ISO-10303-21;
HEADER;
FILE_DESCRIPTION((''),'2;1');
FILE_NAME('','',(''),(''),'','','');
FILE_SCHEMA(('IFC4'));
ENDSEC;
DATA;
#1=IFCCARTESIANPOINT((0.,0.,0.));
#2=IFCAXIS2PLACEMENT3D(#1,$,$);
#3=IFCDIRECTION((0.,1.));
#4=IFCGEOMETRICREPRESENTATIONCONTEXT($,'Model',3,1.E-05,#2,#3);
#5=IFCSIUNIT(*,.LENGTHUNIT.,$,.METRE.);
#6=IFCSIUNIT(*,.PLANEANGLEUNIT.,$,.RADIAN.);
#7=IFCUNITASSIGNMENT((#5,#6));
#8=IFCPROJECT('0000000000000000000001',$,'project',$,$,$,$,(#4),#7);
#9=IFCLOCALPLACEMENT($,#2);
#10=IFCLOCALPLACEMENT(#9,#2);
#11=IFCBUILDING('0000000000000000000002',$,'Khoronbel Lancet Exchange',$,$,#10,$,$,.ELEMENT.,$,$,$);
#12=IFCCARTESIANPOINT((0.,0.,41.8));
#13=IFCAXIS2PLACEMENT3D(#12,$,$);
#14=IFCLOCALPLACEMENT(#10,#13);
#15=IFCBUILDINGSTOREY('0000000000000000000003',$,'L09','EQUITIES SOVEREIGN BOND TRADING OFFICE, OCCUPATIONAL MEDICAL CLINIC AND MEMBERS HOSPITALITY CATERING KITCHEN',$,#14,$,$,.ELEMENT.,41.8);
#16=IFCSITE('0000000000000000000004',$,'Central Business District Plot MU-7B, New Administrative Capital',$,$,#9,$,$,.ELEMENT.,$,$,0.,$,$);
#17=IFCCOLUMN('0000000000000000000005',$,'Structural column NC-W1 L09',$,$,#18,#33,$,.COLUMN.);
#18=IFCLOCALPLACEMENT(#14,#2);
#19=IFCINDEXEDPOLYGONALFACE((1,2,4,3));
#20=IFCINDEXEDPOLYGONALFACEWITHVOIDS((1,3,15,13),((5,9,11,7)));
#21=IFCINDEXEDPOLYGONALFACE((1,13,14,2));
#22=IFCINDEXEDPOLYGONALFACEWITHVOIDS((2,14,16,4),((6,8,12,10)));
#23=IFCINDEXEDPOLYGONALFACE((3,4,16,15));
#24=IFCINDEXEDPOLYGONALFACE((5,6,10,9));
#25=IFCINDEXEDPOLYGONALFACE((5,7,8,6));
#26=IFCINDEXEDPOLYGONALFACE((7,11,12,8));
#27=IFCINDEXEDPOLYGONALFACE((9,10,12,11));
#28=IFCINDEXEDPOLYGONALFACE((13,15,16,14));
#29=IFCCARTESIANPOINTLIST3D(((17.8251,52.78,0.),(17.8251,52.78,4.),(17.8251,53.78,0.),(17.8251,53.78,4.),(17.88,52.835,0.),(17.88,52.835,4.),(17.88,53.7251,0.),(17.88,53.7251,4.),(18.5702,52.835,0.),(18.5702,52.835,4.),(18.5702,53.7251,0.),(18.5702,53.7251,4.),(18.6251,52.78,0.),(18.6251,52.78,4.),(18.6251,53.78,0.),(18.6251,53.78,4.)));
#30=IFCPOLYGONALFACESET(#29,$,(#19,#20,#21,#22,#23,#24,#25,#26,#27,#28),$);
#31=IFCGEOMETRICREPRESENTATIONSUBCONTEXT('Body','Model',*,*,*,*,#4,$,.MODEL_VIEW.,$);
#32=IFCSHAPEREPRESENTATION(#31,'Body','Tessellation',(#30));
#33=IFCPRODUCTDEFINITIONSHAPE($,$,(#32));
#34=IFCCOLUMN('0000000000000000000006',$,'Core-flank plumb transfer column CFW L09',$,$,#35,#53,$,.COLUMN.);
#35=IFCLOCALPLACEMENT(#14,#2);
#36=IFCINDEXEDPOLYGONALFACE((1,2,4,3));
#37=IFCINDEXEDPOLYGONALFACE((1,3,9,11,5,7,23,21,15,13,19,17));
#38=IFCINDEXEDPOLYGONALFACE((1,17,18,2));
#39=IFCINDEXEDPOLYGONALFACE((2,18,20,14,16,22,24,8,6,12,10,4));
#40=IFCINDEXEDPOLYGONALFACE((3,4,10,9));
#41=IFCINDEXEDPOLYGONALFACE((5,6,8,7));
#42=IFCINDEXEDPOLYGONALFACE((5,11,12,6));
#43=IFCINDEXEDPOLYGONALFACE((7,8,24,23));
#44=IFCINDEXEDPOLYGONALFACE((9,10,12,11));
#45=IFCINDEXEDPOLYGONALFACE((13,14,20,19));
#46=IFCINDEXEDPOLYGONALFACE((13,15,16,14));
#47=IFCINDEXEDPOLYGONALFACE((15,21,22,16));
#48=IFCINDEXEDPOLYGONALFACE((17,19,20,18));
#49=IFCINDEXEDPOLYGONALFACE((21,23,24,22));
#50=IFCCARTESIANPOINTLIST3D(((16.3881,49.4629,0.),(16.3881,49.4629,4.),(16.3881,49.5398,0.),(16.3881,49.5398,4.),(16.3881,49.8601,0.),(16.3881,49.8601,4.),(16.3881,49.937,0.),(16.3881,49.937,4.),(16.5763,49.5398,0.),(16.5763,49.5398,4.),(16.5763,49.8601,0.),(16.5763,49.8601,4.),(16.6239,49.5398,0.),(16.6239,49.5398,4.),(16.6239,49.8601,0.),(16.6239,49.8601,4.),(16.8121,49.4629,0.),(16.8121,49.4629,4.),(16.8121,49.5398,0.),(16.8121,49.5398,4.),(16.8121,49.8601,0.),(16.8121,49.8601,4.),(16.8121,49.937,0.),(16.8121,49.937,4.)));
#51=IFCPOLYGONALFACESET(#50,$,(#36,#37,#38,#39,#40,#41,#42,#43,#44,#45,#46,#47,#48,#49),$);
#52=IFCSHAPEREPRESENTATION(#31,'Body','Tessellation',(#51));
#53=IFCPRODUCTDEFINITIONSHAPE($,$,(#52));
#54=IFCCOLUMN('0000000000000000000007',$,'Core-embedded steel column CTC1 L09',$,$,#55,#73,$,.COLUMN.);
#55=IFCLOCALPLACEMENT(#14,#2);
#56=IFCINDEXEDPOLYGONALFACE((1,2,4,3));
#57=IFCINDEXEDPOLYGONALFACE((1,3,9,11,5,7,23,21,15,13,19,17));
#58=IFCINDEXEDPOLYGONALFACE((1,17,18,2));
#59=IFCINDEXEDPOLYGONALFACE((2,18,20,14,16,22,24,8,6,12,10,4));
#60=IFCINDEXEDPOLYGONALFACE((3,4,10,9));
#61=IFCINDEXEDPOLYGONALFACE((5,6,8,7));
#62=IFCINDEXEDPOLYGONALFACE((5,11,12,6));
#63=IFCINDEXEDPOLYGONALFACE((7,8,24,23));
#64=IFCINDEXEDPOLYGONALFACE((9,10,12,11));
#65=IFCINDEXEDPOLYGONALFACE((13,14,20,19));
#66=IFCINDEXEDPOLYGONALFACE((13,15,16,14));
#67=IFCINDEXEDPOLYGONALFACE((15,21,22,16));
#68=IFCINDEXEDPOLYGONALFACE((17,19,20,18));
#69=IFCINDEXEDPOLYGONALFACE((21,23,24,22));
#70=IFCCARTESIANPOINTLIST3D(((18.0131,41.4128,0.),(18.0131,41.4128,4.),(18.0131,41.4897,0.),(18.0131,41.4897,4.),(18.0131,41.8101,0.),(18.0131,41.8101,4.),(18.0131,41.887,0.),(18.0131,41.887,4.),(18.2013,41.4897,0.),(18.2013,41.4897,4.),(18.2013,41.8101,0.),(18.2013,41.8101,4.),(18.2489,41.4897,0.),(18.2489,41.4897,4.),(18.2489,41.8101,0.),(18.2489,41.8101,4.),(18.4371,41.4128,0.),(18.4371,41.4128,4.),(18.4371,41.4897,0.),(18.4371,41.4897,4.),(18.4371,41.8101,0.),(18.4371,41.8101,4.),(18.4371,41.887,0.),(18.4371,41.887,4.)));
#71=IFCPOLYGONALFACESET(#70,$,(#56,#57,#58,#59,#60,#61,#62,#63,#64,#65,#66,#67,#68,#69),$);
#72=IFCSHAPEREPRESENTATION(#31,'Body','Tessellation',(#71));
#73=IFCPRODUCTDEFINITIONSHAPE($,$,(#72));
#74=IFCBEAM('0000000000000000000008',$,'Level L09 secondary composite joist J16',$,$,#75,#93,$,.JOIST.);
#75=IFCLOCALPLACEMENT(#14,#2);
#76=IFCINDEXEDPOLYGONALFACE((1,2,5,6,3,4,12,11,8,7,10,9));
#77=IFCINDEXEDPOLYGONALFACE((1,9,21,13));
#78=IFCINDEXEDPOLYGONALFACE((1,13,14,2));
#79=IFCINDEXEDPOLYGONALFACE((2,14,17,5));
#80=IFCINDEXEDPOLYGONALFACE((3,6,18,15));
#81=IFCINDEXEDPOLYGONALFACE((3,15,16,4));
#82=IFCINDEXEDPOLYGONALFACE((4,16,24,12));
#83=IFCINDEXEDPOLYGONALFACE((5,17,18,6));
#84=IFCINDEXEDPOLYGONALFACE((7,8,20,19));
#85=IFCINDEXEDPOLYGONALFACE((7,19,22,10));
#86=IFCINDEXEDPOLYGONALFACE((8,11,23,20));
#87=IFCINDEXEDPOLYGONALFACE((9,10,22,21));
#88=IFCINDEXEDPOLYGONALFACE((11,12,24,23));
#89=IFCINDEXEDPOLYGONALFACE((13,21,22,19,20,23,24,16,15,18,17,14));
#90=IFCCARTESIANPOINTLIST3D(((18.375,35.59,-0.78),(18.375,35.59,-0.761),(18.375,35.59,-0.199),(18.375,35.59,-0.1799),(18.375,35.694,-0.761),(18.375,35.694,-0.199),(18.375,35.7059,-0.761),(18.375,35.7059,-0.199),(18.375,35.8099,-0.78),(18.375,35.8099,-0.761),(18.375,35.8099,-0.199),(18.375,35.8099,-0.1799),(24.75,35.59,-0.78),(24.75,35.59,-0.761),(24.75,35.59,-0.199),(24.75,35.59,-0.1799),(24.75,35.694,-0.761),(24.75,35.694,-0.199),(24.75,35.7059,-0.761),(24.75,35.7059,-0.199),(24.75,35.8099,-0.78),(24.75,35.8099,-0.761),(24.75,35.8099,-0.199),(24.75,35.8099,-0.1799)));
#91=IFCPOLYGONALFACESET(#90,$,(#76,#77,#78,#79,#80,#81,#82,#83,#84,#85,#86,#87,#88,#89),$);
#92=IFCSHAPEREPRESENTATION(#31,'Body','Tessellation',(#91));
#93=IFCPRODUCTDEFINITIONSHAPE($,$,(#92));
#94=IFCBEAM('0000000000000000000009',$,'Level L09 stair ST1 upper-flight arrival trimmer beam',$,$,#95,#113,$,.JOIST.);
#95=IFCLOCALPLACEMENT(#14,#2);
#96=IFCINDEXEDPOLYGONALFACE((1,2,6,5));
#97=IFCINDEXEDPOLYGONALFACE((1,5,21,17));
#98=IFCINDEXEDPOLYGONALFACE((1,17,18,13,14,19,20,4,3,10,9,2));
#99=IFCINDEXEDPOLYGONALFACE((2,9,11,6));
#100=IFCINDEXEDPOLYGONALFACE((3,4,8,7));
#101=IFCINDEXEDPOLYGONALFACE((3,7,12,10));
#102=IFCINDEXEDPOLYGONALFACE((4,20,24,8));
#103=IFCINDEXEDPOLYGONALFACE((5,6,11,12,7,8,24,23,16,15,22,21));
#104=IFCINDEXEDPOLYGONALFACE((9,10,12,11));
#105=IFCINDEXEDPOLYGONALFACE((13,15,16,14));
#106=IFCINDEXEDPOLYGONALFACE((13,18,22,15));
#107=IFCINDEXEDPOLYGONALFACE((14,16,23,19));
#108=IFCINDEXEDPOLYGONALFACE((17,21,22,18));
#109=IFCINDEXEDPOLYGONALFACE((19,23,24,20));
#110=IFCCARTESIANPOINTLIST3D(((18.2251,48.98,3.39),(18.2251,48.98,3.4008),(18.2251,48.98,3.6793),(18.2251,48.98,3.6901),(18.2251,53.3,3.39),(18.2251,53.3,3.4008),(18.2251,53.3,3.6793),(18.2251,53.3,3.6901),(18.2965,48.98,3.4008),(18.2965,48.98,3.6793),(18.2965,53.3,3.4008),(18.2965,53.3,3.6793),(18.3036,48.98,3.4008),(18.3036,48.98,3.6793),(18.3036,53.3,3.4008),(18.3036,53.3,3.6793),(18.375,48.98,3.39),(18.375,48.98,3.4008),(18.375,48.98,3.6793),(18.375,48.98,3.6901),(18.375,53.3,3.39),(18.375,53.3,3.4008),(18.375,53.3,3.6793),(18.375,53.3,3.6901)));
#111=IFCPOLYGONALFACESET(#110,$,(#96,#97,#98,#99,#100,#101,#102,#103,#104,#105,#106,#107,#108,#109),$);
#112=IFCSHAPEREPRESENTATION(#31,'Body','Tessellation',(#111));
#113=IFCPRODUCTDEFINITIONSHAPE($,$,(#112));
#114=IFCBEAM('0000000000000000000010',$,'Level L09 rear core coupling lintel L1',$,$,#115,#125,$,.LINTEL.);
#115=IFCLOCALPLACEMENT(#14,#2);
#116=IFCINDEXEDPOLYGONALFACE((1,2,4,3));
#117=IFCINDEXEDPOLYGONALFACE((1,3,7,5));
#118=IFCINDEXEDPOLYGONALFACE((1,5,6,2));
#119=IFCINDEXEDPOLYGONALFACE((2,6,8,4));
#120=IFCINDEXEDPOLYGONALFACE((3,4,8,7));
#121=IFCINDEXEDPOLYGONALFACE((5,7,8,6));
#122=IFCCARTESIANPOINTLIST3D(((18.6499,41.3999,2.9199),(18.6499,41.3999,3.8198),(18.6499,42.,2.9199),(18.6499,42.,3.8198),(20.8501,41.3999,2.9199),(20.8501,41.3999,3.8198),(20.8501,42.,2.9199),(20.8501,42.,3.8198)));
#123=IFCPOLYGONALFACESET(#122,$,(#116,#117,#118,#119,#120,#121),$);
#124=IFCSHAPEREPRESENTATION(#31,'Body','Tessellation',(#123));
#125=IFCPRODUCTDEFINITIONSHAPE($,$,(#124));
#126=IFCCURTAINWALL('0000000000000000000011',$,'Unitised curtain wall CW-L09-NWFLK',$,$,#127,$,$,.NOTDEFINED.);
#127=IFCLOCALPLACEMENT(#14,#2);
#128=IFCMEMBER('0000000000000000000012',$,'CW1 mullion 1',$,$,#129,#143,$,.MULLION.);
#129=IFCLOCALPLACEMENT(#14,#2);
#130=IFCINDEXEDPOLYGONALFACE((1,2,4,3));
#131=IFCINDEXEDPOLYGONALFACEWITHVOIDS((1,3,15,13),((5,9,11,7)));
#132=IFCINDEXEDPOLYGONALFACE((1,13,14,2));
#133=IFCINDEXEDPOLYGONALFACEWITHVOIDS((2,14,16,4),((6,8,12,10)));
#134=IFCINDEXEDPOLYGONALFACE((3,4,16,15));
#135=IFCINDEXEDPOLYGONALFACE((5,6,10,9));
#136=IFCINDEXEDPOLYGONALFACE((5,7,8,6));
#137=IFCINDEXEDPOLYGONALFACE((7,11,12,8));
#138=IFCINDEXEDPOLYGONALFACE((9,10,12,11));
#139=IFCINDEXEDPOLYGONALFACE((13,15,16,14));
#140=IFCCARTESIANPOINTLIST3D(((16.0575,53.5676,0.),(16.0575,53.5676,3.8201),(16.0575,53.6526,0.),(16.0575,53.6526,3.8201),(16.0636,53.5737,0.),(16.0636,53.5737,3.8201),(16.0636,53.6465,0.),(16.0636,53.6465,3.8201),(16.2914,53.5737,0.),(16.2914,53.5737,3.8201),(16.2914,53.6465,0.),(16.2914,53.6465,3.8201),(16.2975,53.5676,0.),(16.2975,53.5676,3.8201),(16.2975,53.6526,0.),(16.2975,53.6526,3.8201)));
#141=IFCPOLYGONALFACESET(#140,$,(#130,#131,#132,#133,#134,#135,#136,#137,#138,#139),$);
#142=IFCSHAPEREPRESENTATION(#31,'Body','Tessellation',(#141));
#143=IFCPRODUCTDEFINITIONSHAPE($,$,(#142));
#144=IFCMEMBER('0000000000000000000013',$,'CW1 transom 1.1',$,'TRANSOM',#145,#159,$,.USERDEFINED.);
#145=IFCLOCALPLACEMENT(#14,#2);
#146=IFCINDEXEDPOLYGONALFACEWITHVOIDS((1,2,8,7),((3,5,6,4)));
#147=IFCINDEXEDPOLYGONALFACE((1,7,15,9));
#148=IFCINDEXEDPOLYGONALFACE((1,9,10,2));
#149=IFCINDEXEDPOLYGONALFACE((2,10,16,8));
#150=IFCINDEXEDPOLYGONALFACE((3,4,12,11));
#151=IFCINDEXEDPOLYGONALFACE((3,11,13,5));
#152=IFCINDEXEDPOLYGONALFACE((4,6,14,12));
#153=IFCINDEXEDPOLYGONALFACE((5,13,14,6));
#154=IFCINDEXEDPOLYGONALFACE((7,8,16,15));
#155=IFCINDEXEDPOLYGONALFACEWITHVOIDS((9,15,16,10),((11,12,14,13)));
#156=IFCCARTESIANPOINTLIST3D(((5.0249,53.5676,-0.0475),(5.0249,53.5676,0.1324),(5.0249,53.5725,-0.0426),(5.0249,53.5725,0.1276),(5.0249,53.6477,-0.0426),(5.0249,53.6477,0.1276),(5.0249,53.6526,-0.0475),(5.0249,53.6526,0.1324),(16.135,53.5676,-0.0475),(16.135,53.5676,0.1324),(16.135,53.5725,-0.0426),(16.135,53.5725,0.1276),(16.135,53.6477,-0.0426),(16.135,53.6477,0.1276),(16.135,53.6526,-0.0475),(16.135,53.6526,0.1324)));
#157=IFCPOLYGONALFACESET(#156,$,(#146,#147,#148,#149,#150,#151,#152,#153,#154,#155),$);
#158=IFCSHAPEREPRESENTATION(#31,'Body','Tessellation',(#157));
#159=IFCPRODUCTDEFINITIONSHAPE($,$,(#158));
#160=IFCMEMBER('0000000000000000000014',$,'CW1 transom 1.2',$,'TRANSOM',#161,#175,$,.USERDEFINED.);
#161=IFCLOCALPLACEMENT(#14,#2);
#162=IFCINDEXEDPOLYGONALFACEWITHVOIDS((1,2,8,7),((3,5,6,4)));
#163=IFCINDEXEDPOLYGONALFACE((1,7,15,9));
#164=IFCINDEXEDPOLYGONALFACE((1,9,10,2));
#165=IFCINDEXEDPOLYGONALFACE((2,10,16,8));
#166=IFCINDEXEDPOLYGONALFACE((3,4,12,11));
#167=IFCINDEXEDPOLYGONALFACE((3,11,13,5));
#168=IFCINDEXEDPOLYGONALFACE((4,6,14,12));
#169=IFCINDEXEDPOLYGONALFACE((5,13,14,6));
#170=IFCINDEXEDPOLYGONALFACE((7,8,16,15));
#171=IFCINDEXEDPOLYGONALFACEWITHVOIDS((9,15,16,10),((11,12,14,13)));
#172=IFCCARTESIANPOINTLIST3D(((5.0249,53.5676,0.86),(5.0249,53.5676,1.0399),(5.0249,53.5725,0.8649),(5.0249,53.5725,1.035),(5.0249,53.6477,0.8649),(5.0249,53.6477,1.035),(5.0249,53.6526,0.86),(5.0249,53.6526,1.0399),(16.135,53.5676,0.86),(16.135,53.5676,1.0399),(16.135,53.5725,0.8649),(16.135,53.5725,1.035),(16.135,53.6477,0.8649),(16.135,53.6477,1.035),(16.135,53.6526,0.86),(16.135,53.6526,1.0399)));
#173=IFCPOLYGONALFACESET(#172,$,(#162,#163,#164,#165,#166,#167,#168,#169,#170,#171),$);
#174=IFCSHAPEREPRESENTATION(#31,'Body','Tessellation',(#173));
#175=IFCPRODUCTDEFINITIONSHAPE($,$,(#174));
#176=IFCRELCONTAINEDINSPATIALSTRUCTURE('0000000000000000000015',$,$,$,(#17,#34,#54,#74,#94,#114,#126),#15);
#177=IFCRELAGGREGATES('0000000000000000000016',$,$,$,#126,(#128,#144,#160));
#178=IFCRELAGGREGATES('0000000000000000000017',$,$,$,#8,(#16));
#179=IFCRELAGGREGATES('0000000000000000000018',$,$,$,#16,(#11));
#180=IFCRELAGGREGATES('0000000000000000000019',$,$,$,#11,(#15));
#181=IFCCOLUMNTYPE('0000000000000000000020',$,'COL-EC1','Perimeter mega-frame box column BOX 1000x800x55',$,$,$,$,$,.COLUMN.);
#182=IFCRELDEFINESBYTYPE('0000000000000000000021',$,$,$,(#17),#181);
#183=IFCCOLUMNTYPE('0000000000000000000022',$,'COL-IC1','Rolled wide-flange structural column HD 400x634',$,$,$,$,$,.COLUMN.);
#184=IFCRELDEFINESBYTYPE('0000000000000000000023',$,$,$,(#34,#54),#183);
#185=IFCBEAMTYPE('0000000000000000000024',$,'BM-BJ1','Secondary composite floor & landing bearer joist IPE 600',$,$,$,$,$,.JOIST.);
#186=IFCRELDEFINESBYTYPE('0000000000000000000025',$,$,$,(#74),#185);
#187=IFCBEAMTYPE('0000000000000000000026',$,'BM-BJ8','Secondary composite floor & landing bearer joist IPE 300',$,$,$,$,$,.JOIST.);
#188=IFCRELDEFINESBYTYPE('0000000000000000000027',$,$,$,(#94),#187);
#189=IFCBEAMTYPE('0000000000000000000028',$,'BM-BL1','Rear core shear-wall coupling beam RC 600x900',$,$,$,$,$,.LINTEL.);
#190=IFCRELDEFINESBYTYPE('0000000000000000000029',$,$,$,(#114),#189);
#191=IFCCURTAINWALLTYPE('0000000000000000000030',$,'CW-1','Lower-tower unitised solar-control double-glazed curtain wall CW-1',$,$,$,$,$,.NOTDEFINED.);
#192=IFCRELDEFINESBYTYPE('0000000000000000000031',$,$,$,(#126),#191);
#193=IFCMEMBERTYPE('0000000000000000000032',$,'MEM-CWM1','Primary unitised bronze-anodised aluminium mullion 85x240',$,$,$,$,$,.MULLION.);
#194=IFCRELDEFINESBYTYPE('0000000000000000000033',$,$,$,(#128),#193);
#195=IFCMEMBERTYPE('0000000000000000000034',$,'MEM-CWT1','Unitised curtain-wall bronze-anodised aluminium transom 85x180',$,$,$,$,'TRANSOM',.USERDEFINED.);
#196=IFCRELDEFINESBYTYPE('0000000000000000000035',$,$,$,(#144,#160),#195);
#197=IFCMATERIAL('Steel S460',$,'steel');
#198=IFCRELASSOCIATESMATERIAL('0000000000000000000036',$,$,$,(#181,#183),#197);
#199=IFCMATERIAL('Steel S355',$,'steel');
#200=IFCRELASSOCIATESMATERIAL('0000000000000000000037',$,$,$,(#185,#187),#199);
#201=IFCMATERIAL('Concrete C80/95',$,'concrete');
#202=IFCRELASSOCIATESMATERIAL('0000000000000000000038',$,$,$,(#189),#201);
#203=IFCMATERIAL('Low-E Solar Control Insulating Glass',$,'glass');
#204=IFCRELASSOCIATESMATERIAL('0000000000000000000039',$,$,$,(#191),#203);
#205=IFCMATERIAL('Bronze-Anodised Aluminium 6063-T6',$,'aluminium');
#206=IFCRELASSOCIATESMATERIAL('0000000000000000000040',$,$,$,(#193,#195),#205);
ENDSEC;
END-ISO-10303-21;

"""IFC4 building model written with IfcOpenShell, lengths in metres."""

from ifc_helpers import new_model, si_unit, direction, frame, origin, origin_2d, place, context, subcontext, project, spatial, rectangle, hollow_rectangle, i_section, extrude, material, material_profile, profile_set, type_object, element, aggregate, save


model = new_model("IFC4")

# Units and contexts
model_context = context("Model", 3, precision=1e-05, world=origin(), true_north=direction((0.0, 1.0)))
body_context = subcontext(model_context, "Body", "Model", "MODEL_VIEW")
ifc_project = project(units=[si_unit("LENGTHUNIT", "METRE"), si_unit("PLANEANGLEUNIT", "RADIAN")], contexts=[model_context])

# Site, building, storey
site_placement = place(None, origin())
site = spatial("IfcSite", under=ifc_project, at=site_placement, Name="Central Business District Plot MU-7B, New Administrative Capital", CompositionType="ELEMENT", RefElevation=0.0)
building_placement = place(site_placement, origin())
building = spatial("IfcBuilding", under=site, at=building_placement, Name="Khoronbel Lancet Exchange", CompositionType="ELEMENT")
storey_placement = place(building_placement, frame((0.0, 0.0, 41.8)))
storey = spatial("IfcBuildingStorey", under=building, at=storey_placement, Name="L09", Description="EQUITIES SOVEREIGN BOND TRADING OFFICE, OCCUPATIONAL MEDICAL CLINIC AND MEMBERS HOSPITALITY CATERING KITCHEN", CompositionType="ELEMENT", Elevation=41.8)

# Columns
ifc_material_1 = material(Name="Steel S460", Category="steel")
ifc_material_profile_1 = material_profile(ifc_material_1, hollow_rectangle(XDim=0.8, YDim=1.0, WallThickness=0.0549, at=origin_2d()), Name="BOX 1000x800x55")
ifc_profile_set_1 = profile_set([ifc_material_profile_1], Name="Steel S460")
column_type_1 = type_object("IfcColumnType", Name="COL-EC1", Description="Perimeter mega-frame box column BOX 1000x800x55", PredefinedType="COLUMN", material=ifc_profile_set_1)
column_placement = place(storey_placement, frame((18.2251, 53.28, 0.0), z_axis=(0.0, 0.0, 1.0), x_axis=(1.0, 0.0, 0.0)))
element("IfcColumn", 1, at=column_placement, inside=storey, type_object=column_type_1, Name="Structural column NC-W1 L09", PredefinedType="COLUMN", context=body_context, shape_type="SweptSolid", body=[
    extrude(hollow_rectangle(XDim=0.8, YDim=1.0, WallThickness=0.0549, at=origin_2d()), origin(), (0.0, 0.0, 1.0), 4.0),
])
ifc_material_profile_2 = material_profile(ifc_material_1, i_section(OverallWidth=0.4241, OverallDepth=0.4741, WebThickness=0.0476, FlangeThickness=0.0769, at=origin_2d()), Name="HD 400x634")
ifc_profile_set_2 = profile_set([ifc_material_profile_2], Name="Steel S460")
column_type_2 = type_object("IfcColumnType", Name="COL-IC1", Description="Rolled wide-flange structural column HD 400x634", PredefinedType="COLUMN", material=ifc_profile_set_2)
for number, where, z_axis, x_axis, name in (
    (2, (16.6001, 49.7, 0.0), (0.0, 0.0, 1.0), (1.0, 0.0, 0.0), "Core-flank plumb transfer column CFW L09"),
    (3, (18.2251, 41.6499, 0.0), (0.0, 0.0, 1.0), (1.0, 0.0, 0.0), "Core-embedded steel column CTC1 L09"),
):
    element("IfcColumn", number, at=place(storey_placement, frame(where, z_axis=z_axis, x_axis=x_axis)), inside=storey, type_object=column_type_2, Name=name, PredefinedType="COLUMN", context=body_context, shape_type="SweptSolid", body=[
        extrude(i_section(OverallWidth=0.4241, OverallDepth=0.4741, WebThickness=0.0476, FlangeThickness=0.0769, at=origin_2d()), origin(), (0.0, 0.0, 1.0), 4.0),
    ])

# Beams
ifc_material_2 = material(Name="Steel S355", Category="steel")
ifc_material_profile_3 = material_profile(ifc_material_2, i_section(OverallWidth=0.22, OverallDepth=0.6001, WebThickness=0.012, FlangeThickness=0.019, at=origin_2d()), Name="IPE 600")
ifc_profile_set_3 = profile_set([ifc_material_profile_3], Name="Steel S355")
beam_type_1 = type_object("IfcBeamType", Name="BM-BJ1", Description="Secondary composite floor & landing bearer joist IPE 600", PredefinedType="JOIST", material=ifc_profile_set_3)
beam_1_placement = place(storey_placement, frame((18.375, 35.7, -0.48), z_axis=(1.0, 0.0, 0.0), x_axis=(0.0, 1.0, 0.0)))
element("IfcBeam", 4, at=beam_1_placement, inside=storey, type_object=beam_type_1, Name="Level L09 secondary composite joist J16", PredefinedType="JOIST", context=body_context, shape_type="SweptSolid", body=[
    extrude(i_section(OverallWidth=0.22, OverallDepth=0.6001, WebThickness=0.012, FlangeThickness=0.019, at=origin_2d()), origin(), (0.0, 0.0, 1.0), 6.375),
])
ifc_material_profile_4 = material_profile(ifc_material_2, i_section(OverallWidth=0.1499, OverallDepth=0.3, WebThickness=0.0071, FlangeThickness=0.0107, at=origin_2d()), Name="IPE 300")
ifc_profile_set_4 = profile_set([ifc_material_profile_4], Name="Steel S355")
beam_type_2 = type_object("IfcBeamType", Name="BM-BJ8", Description="Secondary composite floor & landing bearer joist IPE 300", PredefinedType="JOIST", material=ifc_profile_set_4)
beam_2_placement = place(storey_placement, frame((18.3, 48.98, 3.54), z_axis=(0.0, 1.0, 0.0), x_axis=(-1.0, 0.0, 0.0)))
element("IfcBeam", 5, at=beam_2_placement, inside=storey, type_object=beam_type_2, Name="Level L09 stair ST1 upper-flight arrival trimmer beam", PredefinedType="JOIST", context=body_context, shape_type="SweptSolid", body=[
    extrude(i_section(OverallWidth=0.1499, OverallDepth=0.3, WebThickness=0.0071, FlangeThickness=0.0107, at=origin_2d()), origin(), (0.0, 0.0, 1.0), 4.3201),
])
ifc_material_3 = material(Name="Concrete C80/95", Category="concrete")
ifc_material_profile_5 = material_profile(ifc_material_3, rectangle(XDim=0.6001, YDim=0.8999, at=origin_2d()), Name="RC 600x900")
ifc_profile_set_5 = profile_set([ifc_material_profile_5], Name="Concrete C80/95")
beam_type_3 = type_object("IfcBeamType", Name="BM-BL1", Description="Rear core shear-wall coupling beam RC 600x900", PredefinedType="LINTEL", material=ifc_profile_set_5)
beam_3_placement = place(storey_placement, frame((18.6499, 41.7, 3.3699), z_axis=(1.0, 0.0, 0.0), x_axis=(0.0, 1.0, 0.0)))
element("IfcBeam", 6, at=beam_3_placement, inside=storey, type_object=beam_type_3, Name="Level L09 rear core coupling lintel L1", PredefinedType="LINTEL", context=body_context, shape_type="SweptSolid", body=[
    extrude(rectangle(XDim=0.6001, YDim=0.8999, at=origin_2d()), origin(), (0.0, 0.0, 1.0), 2.2002),
])

# Curtain wall, members
ifc_material_4 = material(Name="Low-E Solar Control Insulating Glass", Category="glass")
curtain_wall_type = type_object("IfcCurtainWallType", Name="CW-1", Description="Lower-tower unitised solar-control double-glazed curtain wall CW-1", PredefinedType="NOTDEFINED", material=ifc_material_4)
curtain_wall_placement = place(storey_placement, origin())
curtain_wall = element("IfcCurtainWall", 7, at=curtain_wall_placement, inside=storey, type_object=curtain_wall_type, Name="Unitised curtain wall CW-L09-NWFLK", PredefinedType="NOTDEFINED")
ifc_material_5 = material(Name="Bronze-Anodised Aluminium 6063-T6", Category="aluminium")
ifc_material_profile_6 = material_profile(ifc_material_5, hollow_rectangle(XDim=0.085, YDim=0.24, WallThickness=0.0061, at=origin_2d()), Name="ALU MULLION 85x240")
ifc_profile_set_6 = profile_set([ifc_material_profile_6], Name="Bronze-Anodised Aluminium 6063-T6")
member_type_1 = type_object("IfcMemberType", Name="MEM-CWM1", Description="Primary unitised bronze-anodised aluminium mullion 85x240", PredefinedType="MULLION", material=ifc_profile_set_6)
member_1_placement = place(storey_placement, frame((16.1775, 53.6101, 0.0), z_axis=(0.0, 0.0, 1.0), x_axis=(0.0, -1.0, 0.0)))
member_1 = element("IfcMember", 8, at=member_1_placement, type_object=member_type_1, Name="CW1 mullion 1", PredefinedType="MULLION", context=body_context, shape_type="SweptSolid", body=[
    extrude(hollow_rectangle(XDim=0.085, YDim=0.24, WallThickness=0.0061, at=origin_2d()), origin(), (0.0, 0.0, 1.0), 3.8201),
])
ifc_material_profile_7 = material_profile(ifc_material_5, hollow_rectangle(XDim=0.085, YDim=0.1799, WallThickness=0.0049, at=origin_2d()), Name="ALU TRANSOM 85x180")
ifc_profile_set_7 = profile_set([ifc_material_profile_7], Name="Bronze-Anodised Aluminium 6063-T6")
member_type_2 = type_object("IfcMemberType", Name="MEM-CWT1", Description="Unitised curtain-wall bronze-anodised aluminium transom 85x180", ElementType="TRANSOM", PredefinedType="USERDEFINED", material=ifc_profile_set_7)
member_2_placement = place(storey_placement, frame((16.135, 53.6101, 0.0425), z_axis=(-1.0, 0.0, 0.0), x_axis=(0.0, -1.0, 0.0)))
member_2 = element("IfcMember", 9, at=member_2_placement, type_object=member_type_2, Name="CW1 transom 1.1", ObjectType="TRANSOM", PredefinedType="USERDEFINED", context=body_context, shape_type="SweptSolid", body=[
    extrude(hollow_rectangle(XDim=0.085, YDim=0.1799, WallThickness=0.0049, at=origin_2d()), origin(), (0.0, 0.0, 1.0), 11.1101),
])
member_3_placement = place(storey_placement, frame((16.135, 53.6101, 0.95), z_axis=(-1.0, 0.0, 0.0), x_axis=(0.0, -1.0, 0.0)))
member_3 = element("IfcMember", 10, at=member_3_placement, type_object=member_type_2, Name="CW1 transom 1.2", ObjectType="TRANSOM", PredefinedType="USERDEFINED", context=body_context, shape_type="SweptSolid", body=[
    extrude(hollow_rectangle(XDim=0.085, YDim=0.1799, WallThickness=0.0049, at=origin_2d()), origin(), (0.0, 0.0, 1.0), 11.1101),
])
aggregate(curtain_wall, [member_1, member_2, member_3])

save(model, "model.ifc")
